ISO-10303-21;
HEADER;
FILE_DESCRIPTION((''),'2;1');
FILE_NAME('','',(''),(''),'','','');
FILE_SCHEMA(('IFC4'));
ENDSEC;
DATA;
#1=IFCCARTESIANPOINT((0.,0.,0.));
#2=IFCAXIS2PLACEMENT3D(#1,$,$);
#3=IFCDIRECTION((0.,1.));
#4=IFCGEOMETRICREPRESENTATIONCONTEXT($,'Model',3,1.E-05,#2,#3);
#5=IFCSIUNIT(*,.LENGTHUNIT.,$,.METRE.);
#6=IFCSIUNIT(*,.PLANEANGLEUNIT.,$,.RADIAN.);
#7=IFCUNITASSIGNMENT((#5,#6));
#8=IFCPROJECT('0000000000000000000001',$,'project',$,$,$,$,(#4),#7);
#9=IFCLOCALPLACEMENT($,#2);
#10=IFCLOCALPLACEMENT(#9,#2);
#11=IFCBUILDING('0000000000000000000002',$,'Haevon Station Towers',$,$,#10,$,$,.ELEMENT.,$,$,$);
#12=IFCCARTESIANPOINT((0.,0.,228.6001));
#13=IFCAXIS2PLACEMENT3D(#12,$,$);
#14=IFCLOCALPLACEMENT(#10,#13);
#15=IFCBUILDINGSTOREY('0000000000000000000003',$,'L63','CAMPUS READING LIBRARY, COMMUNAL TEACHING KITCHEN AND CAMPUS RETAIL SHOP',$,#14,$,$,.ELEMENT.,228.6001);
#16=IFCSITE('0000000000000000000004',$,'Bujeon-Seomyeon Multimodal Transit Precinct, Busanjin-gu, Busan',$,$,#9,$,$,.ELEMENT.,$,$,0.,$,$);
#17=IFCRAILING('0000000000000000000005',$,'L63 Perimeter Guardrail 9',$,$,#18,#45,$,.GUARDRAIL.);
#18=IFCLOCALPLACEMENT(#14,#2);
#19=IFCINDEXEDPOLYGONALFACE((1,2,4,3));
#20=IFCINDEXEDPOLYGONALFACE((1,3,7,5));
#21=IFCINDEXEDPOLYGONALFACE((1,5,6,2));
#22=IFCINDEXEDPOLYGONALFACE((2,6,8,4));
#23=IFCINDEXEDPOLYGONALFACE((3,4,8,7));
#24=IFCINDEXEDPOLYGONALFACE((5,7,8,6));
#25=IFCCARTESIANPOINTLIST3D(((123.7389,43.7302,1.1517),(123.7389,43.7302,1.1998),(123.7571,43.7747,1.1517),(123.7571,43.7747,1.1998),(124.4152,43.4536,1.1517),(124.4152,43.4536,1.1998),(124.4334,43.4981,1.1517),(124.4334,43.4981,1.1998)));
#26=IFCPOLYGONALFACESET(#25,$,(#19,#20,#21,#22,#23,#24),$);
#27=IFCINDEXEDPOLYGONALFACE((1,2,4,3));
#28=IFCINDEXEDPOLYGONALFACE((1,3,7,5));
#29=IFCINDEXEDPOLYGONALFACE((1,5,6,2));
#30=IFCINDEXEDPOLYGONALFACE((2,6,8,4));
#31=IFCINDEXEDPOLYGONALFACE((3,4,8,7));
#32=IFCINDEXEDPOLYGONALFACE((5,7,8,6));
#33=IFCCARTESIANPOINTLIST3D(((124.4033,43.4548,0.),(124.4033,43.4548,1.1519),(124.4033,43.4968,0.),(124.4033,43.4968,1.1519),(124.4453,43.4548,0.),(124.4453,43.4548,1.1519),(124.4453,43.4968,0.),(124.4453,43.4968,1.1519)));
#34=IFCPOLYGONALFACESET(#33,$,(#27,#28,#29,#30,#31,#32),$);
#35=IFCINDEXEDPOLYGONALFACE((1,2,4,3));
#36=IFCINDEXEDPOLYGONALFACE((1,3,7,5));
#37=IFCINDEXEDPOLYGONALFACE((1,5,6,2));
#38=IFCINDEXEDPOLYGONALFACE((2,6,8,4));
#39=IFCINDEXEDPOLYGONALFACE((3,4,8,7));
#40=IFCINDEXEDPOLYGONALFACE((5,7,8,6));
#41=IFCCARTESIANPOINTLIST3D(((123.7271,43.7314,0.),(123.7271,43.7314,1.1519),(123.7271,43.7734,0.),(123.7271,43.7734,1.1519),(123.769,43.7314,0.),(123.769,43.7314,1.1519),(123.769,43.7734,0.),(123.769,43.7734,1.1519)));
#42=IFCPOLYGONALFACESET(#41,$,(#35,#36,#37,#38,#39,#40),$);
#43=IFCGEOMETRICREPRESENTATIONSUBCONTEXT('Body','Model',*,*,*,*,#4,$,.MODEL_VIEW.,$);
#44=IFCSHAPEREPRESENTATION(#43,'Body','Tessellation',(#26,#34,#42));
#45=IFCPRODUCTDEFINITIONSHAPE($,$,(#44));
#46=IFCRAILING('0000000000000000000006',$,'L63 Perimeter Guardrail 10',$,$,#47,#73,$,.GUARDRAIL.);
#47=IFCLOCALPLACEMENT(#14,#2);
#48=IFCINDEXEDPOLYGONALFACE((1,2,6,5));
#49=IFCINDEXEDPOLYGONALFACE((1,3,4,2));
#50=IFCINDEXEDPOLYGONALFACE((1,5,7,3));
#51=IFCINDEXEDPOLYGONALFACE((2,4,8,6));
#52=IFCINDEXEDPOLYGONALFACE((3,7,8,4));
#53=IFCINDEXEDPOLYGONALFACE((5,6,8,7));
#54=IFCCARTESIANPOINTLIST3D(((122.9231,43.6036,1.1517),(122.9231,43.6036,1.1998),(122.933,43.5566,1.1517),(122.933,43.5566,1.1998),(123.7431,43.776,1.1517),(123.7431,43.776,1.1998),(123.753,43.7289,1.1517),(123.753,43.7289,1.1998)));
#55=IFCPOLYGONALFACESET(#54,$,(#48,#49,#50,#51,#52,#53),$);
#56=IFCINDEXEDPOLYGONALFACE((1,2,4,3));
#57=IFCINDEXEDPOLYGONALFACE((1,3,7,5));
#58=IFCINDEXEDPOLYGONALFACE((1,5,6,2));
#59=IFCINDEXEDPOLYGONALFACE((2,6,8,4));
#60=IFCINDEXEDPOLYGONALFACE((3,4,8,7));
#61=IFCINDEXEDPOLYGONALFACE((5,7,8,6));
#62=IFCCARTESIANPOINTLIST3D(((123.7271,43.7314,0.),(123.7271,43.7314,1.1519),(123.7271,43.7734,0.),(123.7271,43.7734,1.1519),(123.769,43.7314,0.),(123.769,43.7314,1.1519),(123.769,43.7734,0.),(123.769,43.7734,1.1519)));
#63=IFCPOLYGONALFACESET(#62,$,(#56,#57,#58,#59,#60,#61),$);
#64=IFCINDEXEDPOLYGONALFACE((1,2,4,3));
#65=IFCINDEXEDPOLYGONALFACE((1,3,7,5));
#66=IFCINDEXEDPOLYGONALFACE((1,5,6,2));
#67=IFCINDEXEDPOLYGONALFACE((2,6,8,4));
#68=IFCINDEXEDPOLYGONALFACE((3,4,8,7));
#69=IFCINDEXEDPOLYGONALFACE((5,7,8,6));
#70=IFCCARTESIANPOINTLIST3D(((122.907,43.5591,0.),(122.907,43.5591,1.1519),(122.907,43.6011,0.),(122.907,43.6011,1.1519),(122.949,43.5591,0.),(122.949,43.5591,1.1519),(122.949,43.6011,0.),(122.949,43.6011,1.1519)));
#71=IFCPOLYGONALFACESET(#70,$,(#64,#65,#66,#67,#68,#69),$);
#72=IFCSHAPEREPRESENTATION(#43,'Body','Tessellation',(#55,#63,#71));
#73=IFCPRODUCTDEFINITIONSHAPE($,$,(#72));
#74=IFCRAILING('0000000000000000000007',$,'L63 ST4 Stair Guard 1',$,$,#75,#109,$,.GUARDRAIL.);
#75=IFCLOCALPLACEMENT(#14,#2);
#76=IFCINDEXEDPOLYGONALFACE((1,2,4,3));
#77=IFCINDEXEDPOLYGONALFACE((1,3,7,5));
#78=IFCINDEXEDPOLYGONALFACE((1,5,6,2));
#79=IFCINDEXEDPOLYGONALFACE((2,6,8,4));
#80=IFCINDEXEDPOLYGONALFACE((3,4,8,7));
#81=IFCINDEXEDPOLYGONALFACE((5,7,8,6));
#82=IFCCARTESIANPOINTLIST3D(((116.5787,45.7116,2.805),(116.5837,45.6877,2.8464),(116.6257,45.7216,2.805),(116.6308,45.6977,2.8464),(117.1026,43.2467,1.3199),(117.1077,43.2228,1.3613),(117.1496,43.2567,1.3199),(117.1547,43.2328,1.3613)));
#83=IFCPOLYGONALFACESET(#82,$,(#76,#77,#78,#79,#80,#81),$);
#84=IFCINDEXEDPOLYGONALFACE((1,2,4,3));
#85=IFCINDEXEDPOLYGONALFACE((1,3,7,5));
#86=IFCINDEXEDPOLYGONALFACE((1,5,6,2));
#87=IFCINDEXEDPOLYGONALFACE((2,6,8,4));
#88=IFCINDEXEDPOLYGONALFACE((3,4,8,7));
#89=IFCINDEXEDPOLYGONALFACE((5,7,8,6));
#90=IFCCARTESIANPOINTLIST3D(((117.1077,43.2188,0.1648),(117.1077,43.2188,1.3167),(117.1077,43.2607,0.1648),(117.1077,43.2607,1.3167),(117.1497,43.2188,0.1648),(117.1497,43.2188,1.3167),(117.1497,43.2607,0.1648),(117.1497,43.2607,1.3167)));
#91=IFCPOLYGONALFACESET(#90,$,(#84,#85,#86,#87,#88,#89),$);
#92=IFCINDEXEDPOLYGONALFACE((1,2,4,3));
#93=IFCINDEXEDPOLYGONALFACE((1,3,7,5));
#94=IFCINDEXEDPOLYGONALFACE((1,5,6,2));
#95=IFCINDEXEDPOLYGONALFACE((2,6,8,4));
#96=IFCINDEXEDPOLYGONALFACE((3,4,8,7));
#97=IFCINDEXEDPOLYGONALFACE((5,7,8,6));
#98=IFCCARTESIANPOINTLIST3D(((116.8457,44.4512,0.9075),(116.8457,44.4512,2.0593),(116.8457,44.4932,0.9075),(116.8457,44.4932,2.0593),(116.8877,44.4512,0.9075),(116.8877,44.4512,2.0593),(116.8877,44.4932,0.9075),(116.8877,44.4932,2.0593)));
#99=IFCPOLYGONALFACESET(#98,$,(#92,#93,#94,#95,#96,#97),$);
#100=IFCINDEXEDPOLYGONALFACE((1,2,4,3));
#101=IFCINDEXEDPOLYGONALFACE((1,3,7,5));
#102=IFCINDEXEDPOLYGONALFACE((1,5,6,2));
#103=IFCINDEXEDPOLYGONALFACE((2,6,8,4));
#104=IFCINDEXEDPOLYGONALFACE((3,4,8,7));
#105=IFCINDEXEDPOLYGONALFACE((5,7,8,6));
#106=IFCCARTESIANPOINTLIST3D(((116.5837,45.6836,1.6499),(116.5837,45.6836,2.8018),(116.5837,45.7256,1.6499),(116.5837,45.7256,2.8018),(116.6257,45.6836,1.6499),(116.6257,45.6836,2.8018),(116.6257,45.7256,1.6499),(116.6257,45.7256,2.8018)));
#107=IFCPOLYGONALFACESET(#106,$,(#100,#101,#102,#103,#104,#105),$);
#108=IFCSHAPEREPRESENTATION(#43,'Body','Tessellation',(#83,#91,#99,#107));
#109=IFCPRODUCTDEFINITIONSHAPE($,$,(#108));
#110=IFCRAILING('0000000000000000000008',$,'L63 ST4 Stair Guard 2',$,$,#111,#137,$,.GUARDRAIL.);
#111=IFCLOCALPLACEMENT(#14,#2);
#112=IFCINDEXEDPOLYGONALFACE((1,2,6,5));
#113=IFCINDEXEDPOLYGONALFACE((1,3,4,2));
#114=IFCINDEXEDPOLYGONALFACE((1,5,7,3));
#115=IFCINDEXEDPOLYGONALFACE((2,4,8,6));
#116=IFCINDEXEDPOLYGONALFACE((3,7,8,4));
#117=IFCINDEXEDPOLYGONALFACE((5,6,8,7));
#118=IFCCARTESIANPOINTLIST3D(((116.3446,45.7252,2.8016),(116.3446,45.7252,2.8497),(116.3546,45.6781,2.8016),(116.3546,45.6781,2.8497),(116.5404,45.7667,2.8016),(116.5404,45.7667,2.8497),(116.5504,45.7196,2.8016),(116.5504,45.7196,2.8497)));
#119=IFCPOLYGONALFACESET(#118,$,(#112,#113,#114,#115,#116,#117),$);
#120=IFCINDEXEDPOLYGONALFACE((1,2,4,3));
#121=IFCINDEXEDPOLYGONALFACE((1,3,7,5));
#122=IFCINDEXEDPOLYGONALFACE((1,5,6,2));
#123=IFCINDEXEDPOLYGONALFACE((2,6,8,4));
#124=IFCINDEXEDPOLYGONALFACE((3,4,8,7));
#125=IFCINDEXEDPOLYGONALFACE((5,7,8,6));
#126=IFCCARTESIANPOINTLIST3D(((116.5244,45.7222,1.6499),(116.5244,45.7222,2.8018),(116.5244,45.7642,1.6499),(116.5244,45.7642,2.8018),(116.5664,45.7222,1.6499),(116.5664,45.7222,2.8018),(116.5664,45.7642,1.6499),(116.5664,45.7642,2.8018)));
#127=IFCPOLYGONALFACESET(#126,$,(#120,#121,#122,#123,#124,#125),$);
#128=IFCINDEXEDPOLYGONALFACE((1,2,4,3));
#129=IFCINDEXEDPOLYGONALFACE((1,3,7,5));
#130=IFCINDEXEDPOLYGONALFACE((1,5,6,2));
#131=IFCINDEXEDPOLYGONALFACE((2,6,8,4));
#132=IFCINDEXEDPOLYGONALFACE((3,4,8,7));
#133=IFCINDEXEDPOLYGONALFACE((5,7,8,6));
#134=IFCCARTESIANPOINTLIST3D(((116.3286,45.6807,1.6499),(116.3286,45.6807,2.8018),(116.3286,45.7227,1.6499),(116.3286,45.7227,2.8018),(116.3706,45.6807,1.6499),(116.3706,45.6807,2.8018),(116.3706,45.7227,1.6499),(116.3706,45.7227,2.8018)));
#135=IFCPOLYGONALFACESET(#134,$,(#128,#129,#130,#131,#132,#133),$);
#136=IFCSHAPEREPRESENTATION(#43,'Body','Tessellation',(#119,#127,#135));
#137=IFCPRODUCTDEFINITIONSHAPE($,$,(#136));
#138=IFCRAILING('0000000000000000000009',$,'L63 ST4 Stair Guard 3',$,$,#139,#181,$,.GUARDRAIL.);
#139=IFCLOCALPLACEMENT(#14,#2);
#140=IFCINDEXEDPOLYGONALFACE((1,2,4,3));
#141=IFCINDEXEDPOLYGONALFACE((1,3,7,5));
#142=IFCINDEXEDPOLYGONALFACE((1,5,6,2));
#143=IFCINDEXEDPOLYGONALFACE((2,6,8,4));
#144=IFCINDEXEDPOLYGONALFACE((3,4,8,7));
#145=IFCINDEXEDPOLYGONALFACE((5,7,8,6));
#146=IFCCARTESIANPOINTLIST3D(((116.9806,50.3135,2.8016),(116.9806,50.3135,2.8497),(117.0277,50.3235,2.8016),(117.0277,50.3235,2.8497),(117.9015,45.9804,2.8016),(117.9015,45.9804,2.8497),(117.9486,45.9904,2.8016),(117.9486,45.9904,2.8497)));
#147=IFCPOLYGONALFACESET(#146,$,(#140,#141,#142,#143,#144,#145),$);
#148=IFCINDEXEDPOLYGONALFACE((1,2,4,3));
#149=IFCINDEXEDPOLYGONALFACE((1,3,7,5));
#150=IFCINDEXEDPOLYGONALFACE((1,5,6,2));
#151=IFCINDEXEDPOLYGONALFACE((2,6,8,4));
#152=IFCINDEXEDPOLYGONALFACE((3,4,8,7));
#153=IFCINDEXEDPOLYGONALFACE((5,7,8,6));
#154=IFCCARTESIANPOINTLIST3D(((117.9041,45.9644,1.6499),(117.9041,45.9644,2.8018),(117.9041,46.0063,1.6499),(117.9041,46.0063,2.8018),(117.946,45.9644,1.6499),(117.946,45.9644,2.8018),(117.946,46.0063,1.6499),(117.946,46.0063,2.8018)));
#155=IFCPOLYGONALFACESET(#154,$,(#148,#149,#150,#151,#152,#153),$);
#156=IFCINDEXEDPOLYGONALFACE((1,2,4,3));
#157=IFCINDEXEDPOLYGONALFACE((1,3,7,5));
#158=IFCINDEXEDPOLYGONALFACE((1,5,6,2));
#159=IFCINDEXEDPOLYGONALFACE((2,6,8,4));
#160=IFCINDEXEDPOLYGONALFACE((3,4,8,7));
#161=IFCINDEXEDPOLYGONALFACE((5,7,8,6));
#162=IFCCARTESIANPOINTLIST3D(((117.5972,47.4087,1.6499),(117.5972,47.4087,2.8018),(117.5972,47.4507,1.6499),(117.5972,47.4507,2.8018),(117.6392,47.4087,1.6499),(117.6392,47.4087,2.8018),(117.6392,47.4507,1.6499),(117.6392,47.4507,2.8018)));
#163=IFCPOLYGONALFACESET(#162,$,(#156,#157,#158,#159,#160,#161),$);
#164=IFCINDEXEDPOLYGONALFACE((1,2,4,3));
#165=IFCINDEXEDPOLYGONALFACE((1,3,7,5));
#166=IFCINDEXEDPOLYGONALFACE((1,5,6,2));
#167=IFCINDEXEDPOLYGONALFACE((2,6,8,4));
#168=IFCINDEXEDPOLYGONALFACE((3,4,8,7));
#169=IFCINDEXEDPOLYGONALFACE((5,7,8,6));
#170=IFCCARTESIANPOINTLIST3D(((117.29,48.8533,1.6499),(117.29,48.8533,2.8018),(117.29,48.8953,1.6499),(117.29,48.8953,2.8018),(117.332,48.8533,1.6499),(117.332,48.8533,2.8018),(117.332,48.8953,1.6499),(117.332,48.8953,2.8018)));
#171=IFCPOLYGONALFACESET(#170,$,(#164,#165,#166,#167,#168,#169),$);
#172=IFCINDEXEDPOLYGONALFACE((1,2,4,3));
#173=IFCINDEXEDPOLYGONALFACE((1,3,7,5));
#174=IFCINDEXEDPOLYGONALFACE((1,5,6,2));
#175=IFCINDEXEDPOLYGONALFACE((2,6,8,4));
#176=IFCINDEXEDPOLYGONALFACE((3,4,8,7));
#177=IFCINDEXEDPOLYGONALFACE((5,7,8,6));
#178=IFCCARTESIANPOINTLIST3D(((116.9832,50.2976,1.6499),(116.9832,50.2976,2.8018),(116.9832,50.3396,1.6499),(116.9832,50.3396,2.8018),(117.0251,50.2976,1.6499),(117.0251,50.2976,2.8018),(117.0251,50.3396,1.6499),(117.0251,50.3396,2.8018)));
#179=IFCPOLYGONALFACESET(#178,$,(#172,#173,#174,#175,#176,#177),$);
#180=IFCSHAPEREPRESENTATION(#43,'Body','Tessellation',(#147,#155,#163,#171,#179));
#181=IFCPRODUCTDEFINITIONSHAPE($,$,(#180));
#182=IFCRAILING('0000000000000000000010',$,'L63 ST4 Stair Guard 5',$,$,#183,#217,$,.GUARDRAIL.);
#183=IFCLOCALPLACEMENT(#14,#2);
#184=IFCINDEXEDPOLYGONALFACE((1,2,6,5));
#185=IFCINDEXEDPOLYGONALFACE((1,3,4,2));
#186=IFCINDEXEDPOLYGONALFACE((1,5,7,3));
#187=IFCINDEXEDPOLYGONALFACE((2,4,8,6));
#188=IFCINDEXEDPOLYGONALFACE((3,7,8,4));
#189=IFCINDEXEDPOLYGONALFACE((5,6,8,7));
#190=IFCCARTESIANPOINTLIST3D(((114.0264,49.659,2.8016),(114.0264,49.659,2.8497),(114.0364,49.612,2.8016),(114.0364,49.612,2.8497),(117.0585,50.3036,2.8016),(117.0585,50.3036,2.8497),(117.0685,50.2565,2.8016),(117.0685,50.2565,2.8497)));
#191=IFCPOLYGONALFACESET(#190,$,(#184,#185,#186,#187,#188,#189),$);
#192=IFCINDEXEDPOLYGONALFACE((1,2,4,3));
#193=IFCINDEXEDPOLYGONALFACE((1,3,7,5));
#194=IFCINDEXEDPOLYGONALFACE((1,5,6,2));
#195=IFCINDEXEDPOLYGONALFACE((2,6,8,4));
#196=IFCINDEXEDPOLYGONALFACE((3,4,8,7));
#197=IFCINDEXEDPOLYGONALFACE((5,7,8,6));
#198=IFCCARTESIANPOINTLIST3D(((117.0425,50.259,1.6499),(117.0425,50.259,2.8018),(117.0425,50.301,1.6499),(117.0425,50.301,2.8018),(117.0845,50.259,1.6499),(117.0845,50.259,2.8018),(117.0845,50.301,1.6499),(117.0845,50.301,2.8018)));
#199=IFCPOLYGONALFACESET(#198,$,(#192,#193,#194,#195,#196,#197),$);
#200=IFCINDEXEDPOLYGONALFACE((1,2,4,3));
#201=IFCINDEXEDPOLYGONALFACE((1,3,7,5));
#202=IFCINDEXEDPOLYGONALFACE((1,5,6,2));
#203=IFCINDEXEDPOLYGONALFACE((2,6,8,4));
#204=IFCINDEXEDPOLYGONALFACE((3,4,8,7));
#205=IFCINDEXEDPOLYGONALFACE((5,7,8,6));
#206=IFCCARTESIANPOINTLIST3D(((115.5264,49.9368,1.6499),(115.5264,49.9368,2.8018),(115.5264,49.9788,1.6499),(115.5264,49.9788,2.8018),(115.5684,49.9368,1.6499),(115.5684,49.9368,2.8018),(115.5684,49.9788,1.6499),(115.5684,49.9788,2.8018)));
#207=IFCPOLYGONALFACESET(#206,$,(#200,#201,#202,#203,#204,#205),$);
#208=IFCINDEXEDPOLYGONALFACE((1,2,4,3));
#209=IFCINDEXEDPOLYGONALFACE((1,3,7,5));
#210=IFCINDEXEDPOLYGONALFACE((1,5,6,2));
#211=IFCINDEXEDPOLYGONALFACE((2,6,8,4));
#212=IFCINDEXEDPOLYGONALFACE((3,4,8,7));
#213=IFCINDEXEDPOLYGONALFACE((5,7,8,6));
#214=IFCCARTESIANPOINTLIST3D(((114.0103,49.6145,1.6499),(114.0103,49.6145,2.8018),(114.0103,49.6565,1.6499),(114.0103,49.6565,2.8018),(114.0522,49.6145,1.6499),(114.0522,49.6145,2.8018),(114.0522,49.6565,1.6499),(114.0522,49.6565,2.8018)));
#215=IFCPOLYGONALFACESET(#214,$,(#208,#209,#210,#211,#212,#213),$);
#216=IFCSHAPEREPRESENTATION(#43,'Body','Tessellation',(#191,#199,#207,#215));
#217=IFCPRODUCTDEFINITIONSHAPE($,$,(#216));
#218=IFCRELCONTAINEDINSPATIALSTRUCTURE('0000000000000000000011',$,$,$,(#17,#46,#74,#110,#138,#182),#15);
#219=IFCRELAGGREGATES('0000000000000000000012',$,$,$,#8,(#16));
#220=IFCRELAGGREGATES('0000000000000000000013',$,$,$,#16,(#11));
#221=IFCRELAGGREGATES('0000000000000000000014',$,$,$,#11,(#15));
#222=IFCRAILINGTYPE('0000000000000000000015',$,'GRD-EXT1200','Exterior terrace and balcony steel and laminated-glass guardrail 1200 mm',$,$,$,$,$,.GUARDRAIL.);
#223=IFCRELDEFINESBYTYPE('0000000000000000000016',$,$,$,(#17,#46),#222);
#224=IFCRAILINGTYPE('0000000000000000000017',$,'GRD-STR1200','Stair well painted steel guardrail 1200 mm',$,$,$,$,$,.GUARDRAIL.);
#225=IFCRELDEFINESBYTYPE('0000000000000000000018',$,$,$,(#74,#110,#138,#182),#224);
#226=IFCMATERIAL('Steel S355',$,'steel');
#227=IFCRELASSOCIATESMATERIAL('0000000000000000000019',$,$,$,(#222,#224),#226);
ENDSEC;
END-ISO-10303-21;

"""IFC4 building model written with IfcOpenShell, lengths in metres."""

from ifc_helpers import new_model, si_unit, direction, frame, origin, origin_2d, place, context, subcontext, project, spatial, rectangle, extrude, material, type_object, element, save


model = new_model("IFC4")

# Units and contexts
model_context = context("Model", 3, precision=1e-05, world=origin(), true_north=direction((0.0, 1.0)))
body_context = subcontext(model_context, "Body", "Model", "MODEL_VIEW")
ifc_project = project(units=[si_unit("LENGTHUNIT", "METRE"), si_unit("PLANEANGLEUNIT", "RADIAN")], contexts=[model_context])

# Site, building, storey
site_placement = place(None, origin())
site = spatial("IfcSite", under=ifc_project, at=site_placement, Name="Bujeon-Seomyeon Multimodal Transit Precinct, Busanjin-gu, Busan", CompositionType="ELEMENT", RefElevation=0.0)
building_placement = place(site_placement, origin())
building = spatial("IfcBuilding", under=site, at=building_placement, Name="Haevon Station Towers", CompositionType="ELEMENT")
storey_placement = place(building_placement, frame((0.0, 0.0, 228.6001)))
storey = spatial("IfcBuildingStorey", under=building, at=storey_placement, Name="L63", Description="CAMPUS READING LIBRARY, COMMUNAL TEACHING KITCHEN AND CAMPUS RETAIL SHOP", CompositionType="ELEMENT", Elevation=228.6001)

# Shared definitions
ifc_material_1 = material(Name="Steel S355", Category="steel")

# Railings
railing_type_1 = type_object("IfcRailingType", Name="GRD-EXT1200", Description="Exterior terrace and balcony steel and laminated-glass guardrail 1200 mm", PredefinedType="GUARDRAIL", material=ifc_material_1)
railing_1_placement = place(storey_placement, frame((124.4243, 43.4758, 0.0)))
element("IfcRailing", 1, at=railing_1_placement, inside=storey, type_object=railing_type_1, Name="L63 Perimeter Guardrail 9", PredefinedType="GUARDRAIL", context=body_context, shape_type="SweptSolid", body=[
    extrude(rectangle(XDim=0.0481, YDim=0.0481, at=origin_2d()), frame((0.0, 0.0, 1.1758), z_axis=(-0.925568, 0.378581, 0.0), x_axis=(-0.378581, -0.925568, 0.0)), (0.0, 0.0, 1.0), 0.7307),
    extrude(rectangle(XDim=0.042, YDim=0.042, at=origin_2d()), origin(), (0.0, 0.0, 1.0), 1.1519),
    extrude(rectangle(XDim=0.042, YDim=0.042, at=origin_2d()), frame((-0.6763, 0.2766, 0.0)), (0.0, 0.0, 1.0), 1.1519),
])
railing_2_placement = place(storey_placement, frame((123.748, 43.7524, 0.0)))
element("IfcRailing", 2, at=railing_2_placement, inside=storey, type_object=railing_type_1, Name="L63 Perimeter Guardrail 10", PredefinedType="GUARDRAIL", context=body_context, shape_type="SweptSolid", body=[
    extrude(rectangle(XDim=0.0481, YDim=0.0481, at=origin_2d()), frame((0.0, 0.0, 1.1758), z_axis=(-0.978618, -0.205687, 0.0), x_axis=(0.205687, -0.978618, 0.0)), (0.0, 0.0, 1.0), 0.8379),
    extrude(rectangle(XDim=0.042, YDim=0.042, at=origin_2d()), origin(), (0.0, 0.0, 1.0), 1.1519),
    extrude(rectangle(XDim=0.042, YDim=0.042, at=origin_2d()), frame((-0.8201, -0.1724, 0.0)), (0.0, 0.0, 1.0), 1.1519),
])
railing_type_2 = type_object("IfcRailingType", Name="GRD-STR1200", Description="Stair well painted steel guardrail 1200 mm", PredefinedType="GUARDRAIL", material=ifc_material_1)
railing_3_placement = place(storey_placement, frame((117.1287, 43.2397, 0.1648)))
element("IfcRailing", 3, at=railing_3_placement, inside=storey, type_object=railing_type_2, Name="L63 ST4 Stair Guard 1", PredefinedType="GUARDRAIL", context=body_context, shape_type="SweptSolid", body=[
    extrude(rectangle(XDim=0.0481, YDim=0.0481, at=origin_2d()), frame((0.0, 0.0, 1.1758), z_axis=(-0.179121, 0.842688, 0.507733), x_axis=(-0.978147, -0.207914, 0.0)), (0.0, 0.0, 1.0), 2.925),
    extrude(rectangle(XDim=0.042, YDim=0.042, at=origin_2d()), origin(), (0.0, 0.0, 1.0), 1.1519),
    extrude(rectangle(XDim=0.042, YDim=0.042, at=origin_2d()), frame((-0.262, 1.2324, 0.7427)), (0.0, 0.0, 1.0), 1.1519),
    extrude(rectangle(XDim=0.042, YDim=0.042, at=origin_2d()), frame((-0.5239, 2.4648, 1.4851)), (0.0, 0.0, 1.0), 1.1519),
])
railing_4_placement = place(storey_placement, frame((116.5454, 45.7432, 1.6499)))
element("IfcRailing", 4, at=railing_4_placement, inside=storey, type_object=railing_type_2, Name="L63 ST4 Stair Guard 2", PredefinedType="GUARDRAIL", context=body_context, shape_type="SweptSolid", body=[
    extrude(rectangle(XDim=0.0481, YDim=0.0481, at=origin_2d()), frame((0.0, 0.0, 1.1758), z_axis=(-0.978264, -0.207363, 0.0), x_axis=(0.207363, -0.978264, 0.0)), (0.0, 0.0, 1.0), 0.2002),
    extrude(rectangle(XDim=0.042, YDim=0.042, at=origin_2d()), origin(), (0.0, 0.0, 1.0), 1.1519),
    extrude(rectangle(XDim=0.042, YDim=0.042, at=origin_2d()), frame((-0.1958, -0.0415, 0.0)), (0.0, 0.0, 1.0), 1.1519),
])
railing_5_placement = place(storey_placement, frame((117.925, 45.9854, 1.6499)))
element("IfcRailing", 5, at=railing_5_placement, inside=storey, type_object=railing_type_2, Name="L63 ST4 Stair Guard 3", PredefinedType="GUARDRAIL", context=body_context, shape_type="SweptSolid", body=[
    extrude(rectangle(XDim=0.0481, YDim=0.0481, at=origin_2d()), frame((0.0, 0.0, 1.1758), z_axis=(-0.207877, 0.978155, 0.0), x_axis=(-0.978155, -0.207877, 0.0)), (0.0, 0.0, 1.0), 4.4299),
    extrude(rectangle(XDim=0.042, YDim=0.042, at=origin_2d()), origin(), (0.0, 0.0, 1.0), 1.1519),
    extrude(rectangle(XDim=0.042, YDim=0.042, at=origin_2d()), frame((-0.3069, 1.4443, 0.0)), (0.0, 0.0, 1.0), 1.1519),
    extrude(rectangle(XDim=0.042, YDim=0.042, at=origin_2d()), frame((-0.614, 2.8889, 0.0)), (0.0, 0.0, 1.0), 1.1519),
    extrude(rectangle(XDim=0.042, YDim=0.042, at=origin_2d()), frame((-0.9209, 4.3333, 0.0)), (0.0, 0.0, 1.0), 1.1519),
])
railing_6_placement = place(storey_placement, frame((117.0635, 50.28, 1.6499)))
element("IfcRailing", 6, at=railing_6_placement, inside=storey, type_object=railing_type_2, Name="L63 ST4 Stair Guard 5", PredefinedType="GUARDRAIL", context=body_context, shape_type="SweptSolid", body=[
    extrude(rectangle(XDim=0.0481, YDim=0.0481, at=origin_2d()), frame((0.0, 0.0, 1.1758), z_axis=(-0.978147, -0.207915, 0.0), x_axis=(0.207915, -0.978147, 0.0)), (0.0, 0.0, 1.0), 3.0999),
    extrude(rectangle(XDim=0.042, YDim=0.042, at=origin_2d()), origin(), (0.0, 0.0, 1.0), 1.1519),
    extrude(rectangle(XDim=0.042, YDim=0.042, at=origin_2d()), frame((-1.5161, -0.3223, 0.0)), (0.0, 0.0, 1.0), 1.1519),
    extrude(rectangle(XDim=0.042, YDim=0.042, at=origin_2d()), frame((-3.0322, -0.6445, 0.0)), (0.0, 0.0, 1.0), 1.1519),
])

save(model, "model.ifc")
